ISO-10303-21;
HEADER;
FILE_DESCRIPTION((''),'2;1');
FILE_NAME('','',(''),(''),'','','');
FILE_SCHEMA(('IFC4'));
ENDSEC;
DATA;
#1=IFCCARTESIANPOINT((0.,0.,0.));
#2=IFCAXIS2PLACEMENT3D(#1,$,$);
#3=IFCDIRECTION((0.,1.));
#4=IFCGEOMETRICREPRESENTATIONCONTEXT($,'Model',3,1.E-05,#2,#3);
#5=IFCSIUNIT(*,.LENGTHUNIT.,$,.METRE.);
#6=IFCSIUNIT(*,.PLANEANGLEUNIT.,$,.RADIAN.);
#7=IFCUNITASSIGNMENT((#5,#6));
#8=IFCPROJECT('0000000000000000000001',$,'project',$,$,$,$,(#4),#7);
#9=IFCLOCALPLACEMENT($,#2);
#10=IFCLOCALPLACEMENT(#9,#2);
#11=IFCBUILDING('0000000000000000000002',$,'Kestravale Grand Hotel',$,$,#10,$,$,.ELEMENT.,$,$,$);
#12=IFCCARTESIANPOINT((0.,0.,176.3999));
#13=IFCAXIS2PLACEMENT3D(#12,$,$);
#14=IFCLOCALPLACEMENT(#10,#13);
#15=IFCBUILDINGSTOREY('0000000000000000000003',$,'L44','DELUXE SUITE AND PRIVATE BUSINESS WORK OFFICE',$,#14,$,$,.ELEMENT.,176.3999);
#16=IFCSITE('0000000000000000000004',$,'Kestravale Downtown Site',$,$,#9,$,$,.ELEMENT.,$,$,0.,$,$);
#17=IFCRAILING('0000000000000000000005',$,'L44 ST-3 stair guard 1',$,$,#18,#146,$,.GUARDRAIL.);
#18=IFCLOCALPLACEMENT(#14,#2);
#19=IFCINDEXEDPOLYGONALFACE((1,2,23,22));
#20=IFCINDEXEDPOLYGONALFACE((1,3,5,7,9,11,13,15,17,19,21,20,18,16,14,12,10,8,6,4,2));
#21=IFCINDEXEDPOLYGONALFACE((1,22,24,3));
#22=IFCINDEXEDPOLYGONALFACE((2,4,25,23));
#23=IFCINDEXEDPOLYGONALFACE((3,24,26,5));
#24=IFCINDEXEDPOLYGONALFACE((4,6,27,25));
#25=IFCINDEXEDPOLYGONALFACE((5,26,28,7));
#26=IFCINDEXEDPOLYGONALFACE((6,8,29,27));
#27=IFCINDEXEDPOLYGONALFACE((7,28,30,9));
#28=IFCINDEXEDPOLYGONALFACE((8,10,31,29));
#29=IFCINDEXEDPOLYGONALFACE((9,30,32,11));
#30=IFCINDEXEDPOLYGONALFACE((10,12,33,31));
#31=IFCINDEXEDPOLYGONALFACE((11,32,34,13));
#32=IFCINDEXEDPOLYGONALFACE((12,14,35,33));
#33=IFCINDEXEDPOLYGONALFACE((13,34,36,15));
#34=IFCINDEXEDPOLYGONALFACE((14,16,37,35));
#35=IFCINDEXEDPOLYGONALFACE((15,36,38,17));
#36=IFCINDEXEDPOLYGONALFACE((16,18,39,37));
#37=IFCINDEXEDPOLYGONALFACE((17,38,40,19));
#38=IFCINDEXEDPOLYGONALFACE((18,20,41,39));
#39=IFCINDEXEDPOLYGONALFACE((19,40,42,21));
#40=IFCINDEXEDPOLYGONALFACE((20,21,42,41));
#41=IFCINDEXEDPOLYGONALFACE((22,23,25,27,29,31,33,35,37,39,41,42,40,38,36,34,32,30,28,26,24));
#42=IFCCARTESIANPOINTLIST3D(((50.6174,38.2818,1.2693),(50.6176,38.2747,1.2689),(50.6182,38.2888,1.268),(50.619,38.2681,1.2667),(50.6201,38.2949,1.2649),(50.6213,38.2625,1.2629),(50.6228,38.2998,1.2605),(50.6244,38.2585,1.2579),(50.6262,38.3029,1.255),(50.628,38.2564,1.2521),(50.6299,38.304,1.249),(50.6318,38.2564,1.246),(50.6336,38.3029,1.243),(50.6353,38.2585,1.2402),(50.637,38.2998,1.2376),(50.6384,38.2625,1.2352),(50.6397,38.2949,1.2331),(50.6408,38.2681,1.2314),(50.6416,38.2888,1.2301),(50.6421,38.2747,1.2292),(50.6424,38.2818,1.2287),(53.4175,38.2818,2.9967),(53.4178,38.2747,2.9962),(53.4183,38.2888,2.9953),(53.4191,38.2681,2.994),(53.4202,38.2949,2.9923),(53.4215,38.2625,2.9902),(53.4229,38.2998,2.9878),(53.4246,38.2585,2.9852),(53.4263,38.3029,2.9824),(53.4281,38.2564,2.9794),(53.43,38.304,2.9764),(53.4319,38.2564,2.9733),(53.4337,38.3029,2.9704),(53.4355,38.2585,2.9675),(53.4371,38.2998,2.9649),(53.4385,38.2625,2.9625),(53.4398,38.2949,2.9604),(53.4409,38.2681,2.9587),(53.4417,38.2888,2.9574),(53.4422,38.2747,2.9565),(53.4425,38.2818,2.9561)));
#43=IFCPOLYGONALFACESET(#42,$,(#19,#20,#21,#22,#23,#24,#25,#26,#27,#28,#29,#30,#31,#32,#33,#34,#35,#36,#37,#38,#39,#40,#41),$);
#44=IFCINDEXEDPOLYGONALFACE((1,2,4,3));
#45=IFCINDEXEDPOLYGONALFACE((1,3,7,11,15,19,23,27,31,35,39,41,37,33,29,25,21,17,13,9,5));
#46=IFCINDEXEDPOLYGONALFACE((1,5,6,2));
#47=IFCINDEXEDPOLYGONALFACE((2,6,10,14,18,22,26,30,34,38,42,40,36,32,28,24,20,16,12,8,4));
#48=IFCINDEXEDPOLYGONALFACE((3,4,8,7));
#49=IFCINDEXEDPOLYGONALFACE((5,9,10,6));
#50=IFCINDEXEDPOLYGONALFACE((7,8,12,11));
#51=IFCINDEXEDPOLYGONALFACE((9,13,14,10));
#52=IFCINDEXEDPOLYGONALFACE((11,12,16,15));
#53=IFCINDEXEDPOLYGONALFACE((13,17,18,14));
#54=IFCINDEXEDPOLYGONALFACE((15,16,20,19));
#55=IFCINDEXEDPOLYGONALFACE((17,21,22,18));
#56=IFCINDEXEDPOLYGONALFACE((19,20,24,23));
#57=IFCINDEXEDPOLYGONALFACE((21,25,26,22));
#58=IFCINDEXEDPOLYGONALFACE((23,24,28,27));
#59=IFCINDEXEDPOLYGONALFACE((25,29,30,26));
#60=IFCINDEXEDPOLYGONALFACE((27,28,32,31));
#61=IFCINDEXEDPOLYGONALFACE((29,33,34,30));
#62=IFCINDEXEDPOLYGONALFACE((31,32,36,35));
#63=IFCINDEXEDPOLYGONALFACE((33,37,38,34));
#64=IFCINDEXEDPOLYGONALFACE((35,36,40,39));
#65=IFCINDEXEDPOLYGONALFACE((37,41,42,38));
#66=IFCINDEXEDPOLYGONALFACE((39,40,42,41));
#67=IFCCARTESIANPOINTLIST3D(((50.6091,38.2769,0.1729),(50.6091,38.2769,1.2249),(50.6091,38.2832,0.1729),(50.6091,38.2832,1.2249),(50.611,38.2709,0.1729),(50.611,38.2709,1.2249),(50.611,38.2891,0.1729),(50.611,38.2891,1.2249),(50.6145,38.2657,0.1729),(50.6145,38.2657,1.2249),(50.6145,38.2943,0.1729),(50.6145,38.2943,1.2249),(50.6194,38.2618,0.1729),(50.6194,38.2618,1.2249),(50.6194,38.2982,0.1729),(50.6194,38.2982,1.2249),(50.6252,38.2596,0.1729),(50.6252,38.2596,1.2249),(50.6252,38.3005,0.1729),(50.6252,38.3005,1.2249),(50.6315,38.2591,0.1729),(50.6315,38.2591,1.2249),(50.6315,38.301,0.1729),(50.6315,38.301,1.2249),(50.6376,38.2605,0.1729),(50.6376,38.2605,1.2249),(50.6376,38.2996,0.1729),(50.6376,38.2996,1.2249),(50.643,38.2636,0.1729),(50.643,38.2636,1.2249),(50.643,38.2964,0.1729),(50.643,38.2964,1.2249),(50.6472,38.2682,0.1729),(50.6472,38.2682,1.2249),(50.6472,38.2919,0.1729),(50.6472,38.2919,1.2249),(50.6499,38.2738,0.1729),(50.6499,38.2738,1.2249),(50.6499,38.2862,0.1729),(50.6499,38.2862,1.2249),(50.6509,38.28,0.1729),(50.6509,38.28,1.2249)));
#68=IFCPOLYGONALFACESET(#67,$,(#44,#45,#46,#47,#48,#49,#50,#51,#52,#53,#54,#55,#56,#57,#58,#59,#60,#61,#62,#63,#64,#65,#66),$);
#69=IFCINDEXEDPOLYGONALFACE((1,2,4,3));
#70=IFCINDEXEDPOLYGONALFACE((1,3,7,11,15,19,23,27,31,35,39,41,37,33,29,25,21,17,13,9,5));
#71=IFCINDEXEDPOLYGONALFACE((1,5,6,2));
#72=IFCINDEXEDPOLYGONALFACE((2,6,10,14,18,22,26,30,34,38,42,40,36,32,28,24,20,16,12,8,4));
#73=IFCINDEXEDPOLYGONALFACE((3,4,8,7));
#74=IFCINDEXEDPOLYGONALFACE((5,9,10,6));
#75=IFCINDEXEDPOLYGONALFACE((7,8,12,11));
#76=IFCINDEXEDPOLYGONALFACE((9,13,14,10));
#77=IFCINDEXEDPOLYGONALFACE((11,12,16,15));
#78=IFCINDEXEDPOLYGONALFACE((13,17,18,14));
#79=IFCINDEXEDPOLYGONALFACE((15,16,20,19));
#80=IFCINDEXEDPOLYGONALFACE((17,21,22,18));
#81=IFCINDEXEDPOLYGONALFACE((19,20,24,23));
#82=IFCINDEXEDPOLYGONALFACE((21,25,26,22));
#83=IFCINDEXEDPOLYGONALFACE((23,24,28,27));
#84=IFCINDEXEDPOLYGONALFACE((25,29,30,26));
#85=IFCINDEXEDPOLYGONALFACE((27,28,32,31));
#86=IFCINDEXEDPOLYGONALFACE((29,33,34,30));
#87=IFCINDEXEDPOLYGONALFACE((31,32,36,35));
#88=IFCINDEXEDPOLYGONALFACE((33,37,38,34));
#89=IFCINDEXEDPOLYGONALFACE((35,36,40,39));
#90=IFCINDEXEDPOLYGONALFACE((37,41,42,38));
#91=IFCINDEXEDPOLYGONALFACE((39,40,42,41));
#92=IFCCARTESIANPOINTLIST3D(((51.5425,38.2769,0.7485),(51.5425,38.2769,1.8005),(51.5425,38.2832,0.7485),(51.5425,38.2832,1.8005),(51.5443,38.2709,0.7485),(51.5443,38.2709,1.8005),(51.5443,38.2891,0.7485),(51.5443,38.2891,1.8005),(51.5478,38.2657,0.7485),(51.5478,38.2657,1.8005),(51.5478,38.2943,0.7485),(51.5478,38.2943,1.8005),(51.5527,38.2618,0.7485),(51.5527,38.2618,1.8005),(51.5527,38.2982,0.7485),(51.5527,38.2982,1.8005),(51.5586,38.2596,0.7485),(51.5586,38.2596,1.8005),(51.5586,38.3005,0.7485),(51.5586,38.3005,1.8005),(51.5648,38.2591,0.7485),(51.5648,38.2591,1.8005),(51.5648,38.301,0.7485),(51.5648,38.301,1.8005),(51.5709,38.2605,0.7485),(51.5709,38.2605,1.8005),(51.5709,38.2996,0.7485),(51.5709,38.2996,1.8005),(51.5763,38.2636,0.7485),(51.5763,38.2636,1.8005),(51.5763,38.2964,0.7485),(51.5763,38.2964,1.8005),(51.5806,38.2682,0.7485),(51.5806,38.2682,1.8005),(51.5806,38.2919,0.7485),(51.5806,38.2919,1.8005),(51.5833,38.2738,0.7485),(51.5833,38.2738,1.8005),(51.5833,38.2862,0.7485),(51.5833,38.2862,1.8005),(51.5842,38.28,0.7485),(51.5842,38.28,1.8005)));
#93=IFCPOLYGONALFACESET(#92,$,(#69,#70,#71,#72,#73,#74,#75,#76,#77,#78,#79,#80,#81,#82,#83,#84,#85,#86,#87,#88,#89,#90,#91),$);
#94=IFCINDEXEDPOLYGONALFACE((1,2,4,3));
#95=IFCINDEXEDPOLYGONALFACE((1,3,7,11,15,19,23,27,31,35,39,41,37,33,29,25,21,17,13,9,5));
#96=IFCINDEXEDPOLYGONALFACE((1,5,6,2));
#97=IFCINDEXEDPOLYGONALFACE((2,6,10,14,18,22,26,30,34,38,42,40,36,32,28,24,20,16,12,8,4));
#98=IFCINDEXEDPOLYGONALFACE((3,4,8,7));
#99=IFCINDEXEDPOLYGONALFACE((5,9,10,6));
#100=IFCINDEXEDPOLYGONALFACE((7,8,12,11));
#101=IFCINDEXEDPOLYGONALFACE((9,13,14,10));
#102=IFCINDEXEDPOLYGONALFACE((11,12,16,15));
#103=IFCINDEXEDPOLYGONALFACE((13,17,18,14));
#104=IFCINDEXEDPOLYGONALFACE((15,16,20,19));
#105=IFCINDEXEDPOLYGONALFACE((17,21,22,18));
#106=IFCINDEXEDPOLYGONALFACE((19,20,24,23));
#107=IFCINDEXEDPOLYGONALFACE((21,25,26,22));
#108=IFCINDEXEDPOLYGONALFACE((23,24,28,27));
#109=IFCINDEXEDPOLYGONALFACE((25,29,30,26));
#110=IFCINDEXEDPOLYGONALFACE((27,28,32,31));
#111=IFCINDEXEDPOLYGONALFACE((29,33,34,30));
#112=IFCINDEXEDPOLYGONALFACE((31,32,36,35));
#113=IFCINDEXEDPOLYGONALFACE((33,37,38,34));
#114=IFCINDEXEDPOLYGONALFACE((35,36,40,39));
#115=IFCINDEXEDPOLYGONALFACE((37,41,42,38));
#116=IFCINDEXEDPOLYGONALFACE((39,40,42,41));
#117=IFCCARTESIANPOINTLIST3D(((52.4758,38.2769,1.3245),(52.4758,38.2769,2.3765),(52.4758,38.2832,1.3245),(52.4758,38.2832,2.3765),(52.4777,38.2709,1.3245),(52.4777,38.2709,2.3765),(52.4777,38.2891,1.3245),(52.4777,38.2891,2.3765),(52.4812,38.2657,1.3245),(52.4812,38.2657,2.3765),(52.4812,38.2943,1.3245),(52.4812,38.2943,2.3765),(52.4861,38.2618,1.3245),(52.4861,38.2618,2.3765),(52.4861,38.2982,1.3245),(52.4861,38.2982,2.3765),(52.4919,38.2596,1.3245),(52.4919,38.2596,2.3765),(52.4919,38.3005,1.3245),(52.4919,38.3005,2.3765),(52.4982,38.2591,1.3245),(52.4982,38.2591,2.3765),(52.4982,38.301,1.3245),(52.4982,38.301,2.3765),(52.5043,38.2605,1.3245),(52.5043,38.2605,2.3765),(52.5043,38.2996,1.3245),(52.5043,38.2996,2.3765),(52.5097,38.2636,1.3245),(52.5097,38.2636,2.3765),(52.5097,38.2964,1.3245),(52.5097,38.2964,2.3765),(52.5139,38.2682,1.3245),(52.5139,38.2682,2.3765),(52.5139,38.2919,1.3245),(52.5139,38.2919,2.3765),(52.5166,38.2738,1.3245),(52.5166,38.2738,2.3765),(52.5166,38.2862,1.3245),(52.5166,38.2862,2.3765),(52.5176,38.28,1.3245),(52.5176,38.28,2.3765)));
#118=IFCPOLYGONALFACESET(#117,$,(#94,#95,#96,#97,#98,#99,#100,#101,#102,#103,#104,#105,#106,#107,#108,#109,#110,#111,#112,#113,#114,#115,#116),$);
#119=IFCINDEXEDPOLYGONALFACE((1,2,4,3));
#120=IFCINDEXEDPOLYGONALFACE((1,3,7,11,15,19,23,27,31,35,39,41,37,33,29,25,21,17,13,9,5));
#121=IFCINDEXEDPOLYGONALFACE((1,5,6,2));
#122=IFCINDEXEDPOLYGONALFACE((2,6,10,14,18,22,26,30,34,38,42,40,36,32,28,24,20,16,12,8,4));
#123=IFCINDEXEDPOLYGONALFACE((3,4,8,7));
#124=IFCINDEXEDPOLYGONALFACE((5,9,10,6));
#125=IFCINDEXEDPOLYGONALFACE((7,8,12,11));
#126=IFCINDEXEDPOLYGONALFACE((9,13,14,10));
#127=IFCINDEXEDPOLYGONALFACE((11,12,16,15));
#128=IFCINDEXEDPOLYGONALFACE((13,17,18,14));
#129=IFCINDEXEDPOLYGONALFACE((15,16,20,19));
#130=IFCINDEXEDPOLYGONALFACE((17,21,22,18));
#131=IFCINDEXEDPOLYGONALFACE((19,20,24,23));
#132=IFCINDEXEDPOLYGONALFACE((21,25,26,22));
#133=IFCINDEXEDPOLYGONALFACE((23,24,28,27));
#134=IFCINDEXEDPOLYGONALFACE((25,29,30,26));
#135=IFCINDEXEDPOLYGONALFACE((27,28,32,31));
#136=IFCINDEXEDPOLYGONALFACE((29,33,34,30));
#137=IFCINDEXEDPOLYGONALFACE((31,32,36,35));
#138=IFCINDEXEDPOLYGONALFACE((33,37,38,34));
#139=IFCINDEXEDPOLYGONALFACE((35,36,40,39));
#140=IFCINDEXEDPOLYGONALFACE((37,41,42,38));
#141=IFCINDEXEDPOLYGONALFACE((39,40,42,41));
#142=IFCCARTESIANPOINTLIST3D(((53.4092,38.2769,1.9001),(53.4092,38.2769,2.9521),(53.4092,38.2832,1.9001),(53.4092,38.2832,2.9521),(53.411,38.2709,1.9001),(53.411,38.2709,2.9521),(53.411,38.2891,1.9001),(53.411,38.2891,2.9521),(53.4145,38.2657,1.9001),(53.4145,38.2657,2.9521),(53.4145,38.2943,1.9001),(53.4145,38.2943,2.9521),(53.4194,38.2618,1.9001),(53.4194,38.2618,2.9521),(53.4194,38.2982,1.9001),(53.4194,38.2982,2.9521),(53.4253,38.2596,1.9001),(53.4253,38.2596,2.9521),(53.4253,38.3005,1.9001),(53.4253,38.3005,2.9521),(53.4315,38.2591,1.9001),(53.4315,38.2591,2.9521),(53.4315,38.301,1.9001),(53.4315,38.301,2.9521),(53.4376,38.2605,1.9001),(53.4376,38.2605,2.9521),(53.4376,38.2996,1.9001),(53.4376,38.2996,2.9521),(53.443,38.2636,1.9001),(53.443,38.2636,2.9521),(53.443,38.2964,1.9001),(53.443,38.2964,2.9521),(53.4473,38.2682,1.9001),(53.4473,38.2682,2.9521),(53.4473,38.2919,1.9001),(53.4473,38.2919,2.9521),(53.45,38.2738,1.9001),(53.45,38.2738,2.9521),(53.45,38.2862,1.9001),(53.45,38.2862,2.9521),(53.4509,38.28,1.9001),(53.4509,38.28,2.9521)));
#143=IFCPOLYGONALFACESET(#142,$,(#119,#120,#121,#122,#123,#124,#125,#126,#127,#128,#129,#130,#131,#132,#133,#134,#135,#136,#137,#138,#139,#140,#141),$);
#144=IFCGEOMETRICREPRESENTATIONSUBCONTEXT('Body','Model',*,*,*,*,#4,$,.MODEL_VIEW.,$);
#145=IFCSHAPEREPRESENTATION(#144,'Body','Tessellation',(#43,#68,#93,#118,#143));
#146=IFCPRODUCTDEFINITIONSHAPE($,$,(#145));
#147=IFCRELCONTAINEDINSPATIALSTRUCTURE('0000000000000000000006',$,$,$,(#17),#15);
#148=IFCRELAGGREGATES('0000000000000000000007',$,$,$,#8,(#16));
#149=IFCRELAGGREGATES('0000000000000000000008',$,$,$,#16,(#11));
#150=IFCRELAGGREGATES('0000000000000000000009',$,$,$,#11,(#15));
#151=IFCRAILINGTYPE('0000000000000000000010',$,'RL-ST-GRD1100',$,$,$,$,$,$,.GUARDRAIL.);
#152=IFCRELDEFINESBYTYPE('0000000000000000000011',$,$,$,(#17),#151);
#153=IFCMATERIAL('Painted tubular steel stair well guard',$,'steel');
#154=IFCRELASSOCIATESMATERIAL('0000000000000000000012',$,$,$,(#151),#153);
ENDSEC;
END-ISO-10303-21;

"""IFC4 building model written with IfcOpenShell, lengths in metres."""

from ifc_helpers import new_model, si_unit, direction, frame, origin, origin_2d, place, context, subcontext, project, spatial, circle, extrude, material, type_object, element, save


model = new_model("IFC4")

# Units and contexts
model_context = context("Model", 3, precision=1e-05, world=origin(), true_north=direction((0.0, 1.0)))
body_context = subcontext(model_context, "Body", "Model", "MODEL_VIEW")
ifc_project = project(units=[si_unit("LENGTHUNIT", "METRE"), si_unit("PLANEANGLEUNIT", "RADIAN")], contexts=[model_context])

# Site, building, storey
site_placement = place(None, origin())
site = spatial("IfcSite", under=ifc_project, at=site_placement, Name="Kestravale Downtown Site", CompositionType="ELEMENT", RefElevation=0.0)
building_placement = place(site_placement, origin())
building = spatial("IfcBuilding", under=site, at=building_placement, Name="Kestravale Grand Hotel", CompositionType="ELEMENT")
storey_placement = place(building_placement, frame((0.0, 0.0, 176.3999)))
storey = spatial("IfcBuildingStorey", under=building, at=storey_placement, Name="L44", Description="DELUXE SUITE AND PRIVATE BUSINESS WORK OFFICE", CompositionType="ELEMENT", Elevation=176.3999)

# Railing
ifc_material_1 = material(Name="Painted tubular steel stair well guard", Category="steel")
railing_type_1 = type_object("IfcRailingType", Name="RL-ST-GRD1100", PredefinedType="GUARDRAIL", material=ifc_material_1)
railing_1_placement = place(storey_placement, frame((50.6299, 38.28, 0.1729)))
element("IfcRailing", 1, at=railing_1_placement, inside=storey, type_object=railing_type_1, Name="L44 ST-3 stair guard 1", PredefinedType="GUARDRAIL", context=body_context, shape_type="SweptSolid", body=[
    extrude(circle(Radius=0.0239, at=origin_2d()), frame((0.0, 0.0, 1.0762), z_axis=(0.85109, 0.0, 0.52502), x_axis=(0.0, 1.0, 0.0)), (0.0, 0.0, 1.0), 3.29),
    extrude(circle(Radius=0.021, at=origin_2d()), origin(), (0.0, 0.0, 1.0), 1.052),
    extrude(circle(Radius=0.021, at=origin_2d()), frame((0.9333, 0.0, 0.5757)), (0.0, 0.0, 1.0), 1.052),
    extrude(circle(Radius=0.021, at=origin_2d()), frame((1.8667, 0.0, 1.1516)), (0.0, 0.0, 1.0), 1.052),
    extrude(circle(Radius=0.021, at=origin_2d()), frame((2.8, 0.0, 1.7273)), (0.0, 0.0, 1.0), 1.052),
])

save(model, "model.ifc")
